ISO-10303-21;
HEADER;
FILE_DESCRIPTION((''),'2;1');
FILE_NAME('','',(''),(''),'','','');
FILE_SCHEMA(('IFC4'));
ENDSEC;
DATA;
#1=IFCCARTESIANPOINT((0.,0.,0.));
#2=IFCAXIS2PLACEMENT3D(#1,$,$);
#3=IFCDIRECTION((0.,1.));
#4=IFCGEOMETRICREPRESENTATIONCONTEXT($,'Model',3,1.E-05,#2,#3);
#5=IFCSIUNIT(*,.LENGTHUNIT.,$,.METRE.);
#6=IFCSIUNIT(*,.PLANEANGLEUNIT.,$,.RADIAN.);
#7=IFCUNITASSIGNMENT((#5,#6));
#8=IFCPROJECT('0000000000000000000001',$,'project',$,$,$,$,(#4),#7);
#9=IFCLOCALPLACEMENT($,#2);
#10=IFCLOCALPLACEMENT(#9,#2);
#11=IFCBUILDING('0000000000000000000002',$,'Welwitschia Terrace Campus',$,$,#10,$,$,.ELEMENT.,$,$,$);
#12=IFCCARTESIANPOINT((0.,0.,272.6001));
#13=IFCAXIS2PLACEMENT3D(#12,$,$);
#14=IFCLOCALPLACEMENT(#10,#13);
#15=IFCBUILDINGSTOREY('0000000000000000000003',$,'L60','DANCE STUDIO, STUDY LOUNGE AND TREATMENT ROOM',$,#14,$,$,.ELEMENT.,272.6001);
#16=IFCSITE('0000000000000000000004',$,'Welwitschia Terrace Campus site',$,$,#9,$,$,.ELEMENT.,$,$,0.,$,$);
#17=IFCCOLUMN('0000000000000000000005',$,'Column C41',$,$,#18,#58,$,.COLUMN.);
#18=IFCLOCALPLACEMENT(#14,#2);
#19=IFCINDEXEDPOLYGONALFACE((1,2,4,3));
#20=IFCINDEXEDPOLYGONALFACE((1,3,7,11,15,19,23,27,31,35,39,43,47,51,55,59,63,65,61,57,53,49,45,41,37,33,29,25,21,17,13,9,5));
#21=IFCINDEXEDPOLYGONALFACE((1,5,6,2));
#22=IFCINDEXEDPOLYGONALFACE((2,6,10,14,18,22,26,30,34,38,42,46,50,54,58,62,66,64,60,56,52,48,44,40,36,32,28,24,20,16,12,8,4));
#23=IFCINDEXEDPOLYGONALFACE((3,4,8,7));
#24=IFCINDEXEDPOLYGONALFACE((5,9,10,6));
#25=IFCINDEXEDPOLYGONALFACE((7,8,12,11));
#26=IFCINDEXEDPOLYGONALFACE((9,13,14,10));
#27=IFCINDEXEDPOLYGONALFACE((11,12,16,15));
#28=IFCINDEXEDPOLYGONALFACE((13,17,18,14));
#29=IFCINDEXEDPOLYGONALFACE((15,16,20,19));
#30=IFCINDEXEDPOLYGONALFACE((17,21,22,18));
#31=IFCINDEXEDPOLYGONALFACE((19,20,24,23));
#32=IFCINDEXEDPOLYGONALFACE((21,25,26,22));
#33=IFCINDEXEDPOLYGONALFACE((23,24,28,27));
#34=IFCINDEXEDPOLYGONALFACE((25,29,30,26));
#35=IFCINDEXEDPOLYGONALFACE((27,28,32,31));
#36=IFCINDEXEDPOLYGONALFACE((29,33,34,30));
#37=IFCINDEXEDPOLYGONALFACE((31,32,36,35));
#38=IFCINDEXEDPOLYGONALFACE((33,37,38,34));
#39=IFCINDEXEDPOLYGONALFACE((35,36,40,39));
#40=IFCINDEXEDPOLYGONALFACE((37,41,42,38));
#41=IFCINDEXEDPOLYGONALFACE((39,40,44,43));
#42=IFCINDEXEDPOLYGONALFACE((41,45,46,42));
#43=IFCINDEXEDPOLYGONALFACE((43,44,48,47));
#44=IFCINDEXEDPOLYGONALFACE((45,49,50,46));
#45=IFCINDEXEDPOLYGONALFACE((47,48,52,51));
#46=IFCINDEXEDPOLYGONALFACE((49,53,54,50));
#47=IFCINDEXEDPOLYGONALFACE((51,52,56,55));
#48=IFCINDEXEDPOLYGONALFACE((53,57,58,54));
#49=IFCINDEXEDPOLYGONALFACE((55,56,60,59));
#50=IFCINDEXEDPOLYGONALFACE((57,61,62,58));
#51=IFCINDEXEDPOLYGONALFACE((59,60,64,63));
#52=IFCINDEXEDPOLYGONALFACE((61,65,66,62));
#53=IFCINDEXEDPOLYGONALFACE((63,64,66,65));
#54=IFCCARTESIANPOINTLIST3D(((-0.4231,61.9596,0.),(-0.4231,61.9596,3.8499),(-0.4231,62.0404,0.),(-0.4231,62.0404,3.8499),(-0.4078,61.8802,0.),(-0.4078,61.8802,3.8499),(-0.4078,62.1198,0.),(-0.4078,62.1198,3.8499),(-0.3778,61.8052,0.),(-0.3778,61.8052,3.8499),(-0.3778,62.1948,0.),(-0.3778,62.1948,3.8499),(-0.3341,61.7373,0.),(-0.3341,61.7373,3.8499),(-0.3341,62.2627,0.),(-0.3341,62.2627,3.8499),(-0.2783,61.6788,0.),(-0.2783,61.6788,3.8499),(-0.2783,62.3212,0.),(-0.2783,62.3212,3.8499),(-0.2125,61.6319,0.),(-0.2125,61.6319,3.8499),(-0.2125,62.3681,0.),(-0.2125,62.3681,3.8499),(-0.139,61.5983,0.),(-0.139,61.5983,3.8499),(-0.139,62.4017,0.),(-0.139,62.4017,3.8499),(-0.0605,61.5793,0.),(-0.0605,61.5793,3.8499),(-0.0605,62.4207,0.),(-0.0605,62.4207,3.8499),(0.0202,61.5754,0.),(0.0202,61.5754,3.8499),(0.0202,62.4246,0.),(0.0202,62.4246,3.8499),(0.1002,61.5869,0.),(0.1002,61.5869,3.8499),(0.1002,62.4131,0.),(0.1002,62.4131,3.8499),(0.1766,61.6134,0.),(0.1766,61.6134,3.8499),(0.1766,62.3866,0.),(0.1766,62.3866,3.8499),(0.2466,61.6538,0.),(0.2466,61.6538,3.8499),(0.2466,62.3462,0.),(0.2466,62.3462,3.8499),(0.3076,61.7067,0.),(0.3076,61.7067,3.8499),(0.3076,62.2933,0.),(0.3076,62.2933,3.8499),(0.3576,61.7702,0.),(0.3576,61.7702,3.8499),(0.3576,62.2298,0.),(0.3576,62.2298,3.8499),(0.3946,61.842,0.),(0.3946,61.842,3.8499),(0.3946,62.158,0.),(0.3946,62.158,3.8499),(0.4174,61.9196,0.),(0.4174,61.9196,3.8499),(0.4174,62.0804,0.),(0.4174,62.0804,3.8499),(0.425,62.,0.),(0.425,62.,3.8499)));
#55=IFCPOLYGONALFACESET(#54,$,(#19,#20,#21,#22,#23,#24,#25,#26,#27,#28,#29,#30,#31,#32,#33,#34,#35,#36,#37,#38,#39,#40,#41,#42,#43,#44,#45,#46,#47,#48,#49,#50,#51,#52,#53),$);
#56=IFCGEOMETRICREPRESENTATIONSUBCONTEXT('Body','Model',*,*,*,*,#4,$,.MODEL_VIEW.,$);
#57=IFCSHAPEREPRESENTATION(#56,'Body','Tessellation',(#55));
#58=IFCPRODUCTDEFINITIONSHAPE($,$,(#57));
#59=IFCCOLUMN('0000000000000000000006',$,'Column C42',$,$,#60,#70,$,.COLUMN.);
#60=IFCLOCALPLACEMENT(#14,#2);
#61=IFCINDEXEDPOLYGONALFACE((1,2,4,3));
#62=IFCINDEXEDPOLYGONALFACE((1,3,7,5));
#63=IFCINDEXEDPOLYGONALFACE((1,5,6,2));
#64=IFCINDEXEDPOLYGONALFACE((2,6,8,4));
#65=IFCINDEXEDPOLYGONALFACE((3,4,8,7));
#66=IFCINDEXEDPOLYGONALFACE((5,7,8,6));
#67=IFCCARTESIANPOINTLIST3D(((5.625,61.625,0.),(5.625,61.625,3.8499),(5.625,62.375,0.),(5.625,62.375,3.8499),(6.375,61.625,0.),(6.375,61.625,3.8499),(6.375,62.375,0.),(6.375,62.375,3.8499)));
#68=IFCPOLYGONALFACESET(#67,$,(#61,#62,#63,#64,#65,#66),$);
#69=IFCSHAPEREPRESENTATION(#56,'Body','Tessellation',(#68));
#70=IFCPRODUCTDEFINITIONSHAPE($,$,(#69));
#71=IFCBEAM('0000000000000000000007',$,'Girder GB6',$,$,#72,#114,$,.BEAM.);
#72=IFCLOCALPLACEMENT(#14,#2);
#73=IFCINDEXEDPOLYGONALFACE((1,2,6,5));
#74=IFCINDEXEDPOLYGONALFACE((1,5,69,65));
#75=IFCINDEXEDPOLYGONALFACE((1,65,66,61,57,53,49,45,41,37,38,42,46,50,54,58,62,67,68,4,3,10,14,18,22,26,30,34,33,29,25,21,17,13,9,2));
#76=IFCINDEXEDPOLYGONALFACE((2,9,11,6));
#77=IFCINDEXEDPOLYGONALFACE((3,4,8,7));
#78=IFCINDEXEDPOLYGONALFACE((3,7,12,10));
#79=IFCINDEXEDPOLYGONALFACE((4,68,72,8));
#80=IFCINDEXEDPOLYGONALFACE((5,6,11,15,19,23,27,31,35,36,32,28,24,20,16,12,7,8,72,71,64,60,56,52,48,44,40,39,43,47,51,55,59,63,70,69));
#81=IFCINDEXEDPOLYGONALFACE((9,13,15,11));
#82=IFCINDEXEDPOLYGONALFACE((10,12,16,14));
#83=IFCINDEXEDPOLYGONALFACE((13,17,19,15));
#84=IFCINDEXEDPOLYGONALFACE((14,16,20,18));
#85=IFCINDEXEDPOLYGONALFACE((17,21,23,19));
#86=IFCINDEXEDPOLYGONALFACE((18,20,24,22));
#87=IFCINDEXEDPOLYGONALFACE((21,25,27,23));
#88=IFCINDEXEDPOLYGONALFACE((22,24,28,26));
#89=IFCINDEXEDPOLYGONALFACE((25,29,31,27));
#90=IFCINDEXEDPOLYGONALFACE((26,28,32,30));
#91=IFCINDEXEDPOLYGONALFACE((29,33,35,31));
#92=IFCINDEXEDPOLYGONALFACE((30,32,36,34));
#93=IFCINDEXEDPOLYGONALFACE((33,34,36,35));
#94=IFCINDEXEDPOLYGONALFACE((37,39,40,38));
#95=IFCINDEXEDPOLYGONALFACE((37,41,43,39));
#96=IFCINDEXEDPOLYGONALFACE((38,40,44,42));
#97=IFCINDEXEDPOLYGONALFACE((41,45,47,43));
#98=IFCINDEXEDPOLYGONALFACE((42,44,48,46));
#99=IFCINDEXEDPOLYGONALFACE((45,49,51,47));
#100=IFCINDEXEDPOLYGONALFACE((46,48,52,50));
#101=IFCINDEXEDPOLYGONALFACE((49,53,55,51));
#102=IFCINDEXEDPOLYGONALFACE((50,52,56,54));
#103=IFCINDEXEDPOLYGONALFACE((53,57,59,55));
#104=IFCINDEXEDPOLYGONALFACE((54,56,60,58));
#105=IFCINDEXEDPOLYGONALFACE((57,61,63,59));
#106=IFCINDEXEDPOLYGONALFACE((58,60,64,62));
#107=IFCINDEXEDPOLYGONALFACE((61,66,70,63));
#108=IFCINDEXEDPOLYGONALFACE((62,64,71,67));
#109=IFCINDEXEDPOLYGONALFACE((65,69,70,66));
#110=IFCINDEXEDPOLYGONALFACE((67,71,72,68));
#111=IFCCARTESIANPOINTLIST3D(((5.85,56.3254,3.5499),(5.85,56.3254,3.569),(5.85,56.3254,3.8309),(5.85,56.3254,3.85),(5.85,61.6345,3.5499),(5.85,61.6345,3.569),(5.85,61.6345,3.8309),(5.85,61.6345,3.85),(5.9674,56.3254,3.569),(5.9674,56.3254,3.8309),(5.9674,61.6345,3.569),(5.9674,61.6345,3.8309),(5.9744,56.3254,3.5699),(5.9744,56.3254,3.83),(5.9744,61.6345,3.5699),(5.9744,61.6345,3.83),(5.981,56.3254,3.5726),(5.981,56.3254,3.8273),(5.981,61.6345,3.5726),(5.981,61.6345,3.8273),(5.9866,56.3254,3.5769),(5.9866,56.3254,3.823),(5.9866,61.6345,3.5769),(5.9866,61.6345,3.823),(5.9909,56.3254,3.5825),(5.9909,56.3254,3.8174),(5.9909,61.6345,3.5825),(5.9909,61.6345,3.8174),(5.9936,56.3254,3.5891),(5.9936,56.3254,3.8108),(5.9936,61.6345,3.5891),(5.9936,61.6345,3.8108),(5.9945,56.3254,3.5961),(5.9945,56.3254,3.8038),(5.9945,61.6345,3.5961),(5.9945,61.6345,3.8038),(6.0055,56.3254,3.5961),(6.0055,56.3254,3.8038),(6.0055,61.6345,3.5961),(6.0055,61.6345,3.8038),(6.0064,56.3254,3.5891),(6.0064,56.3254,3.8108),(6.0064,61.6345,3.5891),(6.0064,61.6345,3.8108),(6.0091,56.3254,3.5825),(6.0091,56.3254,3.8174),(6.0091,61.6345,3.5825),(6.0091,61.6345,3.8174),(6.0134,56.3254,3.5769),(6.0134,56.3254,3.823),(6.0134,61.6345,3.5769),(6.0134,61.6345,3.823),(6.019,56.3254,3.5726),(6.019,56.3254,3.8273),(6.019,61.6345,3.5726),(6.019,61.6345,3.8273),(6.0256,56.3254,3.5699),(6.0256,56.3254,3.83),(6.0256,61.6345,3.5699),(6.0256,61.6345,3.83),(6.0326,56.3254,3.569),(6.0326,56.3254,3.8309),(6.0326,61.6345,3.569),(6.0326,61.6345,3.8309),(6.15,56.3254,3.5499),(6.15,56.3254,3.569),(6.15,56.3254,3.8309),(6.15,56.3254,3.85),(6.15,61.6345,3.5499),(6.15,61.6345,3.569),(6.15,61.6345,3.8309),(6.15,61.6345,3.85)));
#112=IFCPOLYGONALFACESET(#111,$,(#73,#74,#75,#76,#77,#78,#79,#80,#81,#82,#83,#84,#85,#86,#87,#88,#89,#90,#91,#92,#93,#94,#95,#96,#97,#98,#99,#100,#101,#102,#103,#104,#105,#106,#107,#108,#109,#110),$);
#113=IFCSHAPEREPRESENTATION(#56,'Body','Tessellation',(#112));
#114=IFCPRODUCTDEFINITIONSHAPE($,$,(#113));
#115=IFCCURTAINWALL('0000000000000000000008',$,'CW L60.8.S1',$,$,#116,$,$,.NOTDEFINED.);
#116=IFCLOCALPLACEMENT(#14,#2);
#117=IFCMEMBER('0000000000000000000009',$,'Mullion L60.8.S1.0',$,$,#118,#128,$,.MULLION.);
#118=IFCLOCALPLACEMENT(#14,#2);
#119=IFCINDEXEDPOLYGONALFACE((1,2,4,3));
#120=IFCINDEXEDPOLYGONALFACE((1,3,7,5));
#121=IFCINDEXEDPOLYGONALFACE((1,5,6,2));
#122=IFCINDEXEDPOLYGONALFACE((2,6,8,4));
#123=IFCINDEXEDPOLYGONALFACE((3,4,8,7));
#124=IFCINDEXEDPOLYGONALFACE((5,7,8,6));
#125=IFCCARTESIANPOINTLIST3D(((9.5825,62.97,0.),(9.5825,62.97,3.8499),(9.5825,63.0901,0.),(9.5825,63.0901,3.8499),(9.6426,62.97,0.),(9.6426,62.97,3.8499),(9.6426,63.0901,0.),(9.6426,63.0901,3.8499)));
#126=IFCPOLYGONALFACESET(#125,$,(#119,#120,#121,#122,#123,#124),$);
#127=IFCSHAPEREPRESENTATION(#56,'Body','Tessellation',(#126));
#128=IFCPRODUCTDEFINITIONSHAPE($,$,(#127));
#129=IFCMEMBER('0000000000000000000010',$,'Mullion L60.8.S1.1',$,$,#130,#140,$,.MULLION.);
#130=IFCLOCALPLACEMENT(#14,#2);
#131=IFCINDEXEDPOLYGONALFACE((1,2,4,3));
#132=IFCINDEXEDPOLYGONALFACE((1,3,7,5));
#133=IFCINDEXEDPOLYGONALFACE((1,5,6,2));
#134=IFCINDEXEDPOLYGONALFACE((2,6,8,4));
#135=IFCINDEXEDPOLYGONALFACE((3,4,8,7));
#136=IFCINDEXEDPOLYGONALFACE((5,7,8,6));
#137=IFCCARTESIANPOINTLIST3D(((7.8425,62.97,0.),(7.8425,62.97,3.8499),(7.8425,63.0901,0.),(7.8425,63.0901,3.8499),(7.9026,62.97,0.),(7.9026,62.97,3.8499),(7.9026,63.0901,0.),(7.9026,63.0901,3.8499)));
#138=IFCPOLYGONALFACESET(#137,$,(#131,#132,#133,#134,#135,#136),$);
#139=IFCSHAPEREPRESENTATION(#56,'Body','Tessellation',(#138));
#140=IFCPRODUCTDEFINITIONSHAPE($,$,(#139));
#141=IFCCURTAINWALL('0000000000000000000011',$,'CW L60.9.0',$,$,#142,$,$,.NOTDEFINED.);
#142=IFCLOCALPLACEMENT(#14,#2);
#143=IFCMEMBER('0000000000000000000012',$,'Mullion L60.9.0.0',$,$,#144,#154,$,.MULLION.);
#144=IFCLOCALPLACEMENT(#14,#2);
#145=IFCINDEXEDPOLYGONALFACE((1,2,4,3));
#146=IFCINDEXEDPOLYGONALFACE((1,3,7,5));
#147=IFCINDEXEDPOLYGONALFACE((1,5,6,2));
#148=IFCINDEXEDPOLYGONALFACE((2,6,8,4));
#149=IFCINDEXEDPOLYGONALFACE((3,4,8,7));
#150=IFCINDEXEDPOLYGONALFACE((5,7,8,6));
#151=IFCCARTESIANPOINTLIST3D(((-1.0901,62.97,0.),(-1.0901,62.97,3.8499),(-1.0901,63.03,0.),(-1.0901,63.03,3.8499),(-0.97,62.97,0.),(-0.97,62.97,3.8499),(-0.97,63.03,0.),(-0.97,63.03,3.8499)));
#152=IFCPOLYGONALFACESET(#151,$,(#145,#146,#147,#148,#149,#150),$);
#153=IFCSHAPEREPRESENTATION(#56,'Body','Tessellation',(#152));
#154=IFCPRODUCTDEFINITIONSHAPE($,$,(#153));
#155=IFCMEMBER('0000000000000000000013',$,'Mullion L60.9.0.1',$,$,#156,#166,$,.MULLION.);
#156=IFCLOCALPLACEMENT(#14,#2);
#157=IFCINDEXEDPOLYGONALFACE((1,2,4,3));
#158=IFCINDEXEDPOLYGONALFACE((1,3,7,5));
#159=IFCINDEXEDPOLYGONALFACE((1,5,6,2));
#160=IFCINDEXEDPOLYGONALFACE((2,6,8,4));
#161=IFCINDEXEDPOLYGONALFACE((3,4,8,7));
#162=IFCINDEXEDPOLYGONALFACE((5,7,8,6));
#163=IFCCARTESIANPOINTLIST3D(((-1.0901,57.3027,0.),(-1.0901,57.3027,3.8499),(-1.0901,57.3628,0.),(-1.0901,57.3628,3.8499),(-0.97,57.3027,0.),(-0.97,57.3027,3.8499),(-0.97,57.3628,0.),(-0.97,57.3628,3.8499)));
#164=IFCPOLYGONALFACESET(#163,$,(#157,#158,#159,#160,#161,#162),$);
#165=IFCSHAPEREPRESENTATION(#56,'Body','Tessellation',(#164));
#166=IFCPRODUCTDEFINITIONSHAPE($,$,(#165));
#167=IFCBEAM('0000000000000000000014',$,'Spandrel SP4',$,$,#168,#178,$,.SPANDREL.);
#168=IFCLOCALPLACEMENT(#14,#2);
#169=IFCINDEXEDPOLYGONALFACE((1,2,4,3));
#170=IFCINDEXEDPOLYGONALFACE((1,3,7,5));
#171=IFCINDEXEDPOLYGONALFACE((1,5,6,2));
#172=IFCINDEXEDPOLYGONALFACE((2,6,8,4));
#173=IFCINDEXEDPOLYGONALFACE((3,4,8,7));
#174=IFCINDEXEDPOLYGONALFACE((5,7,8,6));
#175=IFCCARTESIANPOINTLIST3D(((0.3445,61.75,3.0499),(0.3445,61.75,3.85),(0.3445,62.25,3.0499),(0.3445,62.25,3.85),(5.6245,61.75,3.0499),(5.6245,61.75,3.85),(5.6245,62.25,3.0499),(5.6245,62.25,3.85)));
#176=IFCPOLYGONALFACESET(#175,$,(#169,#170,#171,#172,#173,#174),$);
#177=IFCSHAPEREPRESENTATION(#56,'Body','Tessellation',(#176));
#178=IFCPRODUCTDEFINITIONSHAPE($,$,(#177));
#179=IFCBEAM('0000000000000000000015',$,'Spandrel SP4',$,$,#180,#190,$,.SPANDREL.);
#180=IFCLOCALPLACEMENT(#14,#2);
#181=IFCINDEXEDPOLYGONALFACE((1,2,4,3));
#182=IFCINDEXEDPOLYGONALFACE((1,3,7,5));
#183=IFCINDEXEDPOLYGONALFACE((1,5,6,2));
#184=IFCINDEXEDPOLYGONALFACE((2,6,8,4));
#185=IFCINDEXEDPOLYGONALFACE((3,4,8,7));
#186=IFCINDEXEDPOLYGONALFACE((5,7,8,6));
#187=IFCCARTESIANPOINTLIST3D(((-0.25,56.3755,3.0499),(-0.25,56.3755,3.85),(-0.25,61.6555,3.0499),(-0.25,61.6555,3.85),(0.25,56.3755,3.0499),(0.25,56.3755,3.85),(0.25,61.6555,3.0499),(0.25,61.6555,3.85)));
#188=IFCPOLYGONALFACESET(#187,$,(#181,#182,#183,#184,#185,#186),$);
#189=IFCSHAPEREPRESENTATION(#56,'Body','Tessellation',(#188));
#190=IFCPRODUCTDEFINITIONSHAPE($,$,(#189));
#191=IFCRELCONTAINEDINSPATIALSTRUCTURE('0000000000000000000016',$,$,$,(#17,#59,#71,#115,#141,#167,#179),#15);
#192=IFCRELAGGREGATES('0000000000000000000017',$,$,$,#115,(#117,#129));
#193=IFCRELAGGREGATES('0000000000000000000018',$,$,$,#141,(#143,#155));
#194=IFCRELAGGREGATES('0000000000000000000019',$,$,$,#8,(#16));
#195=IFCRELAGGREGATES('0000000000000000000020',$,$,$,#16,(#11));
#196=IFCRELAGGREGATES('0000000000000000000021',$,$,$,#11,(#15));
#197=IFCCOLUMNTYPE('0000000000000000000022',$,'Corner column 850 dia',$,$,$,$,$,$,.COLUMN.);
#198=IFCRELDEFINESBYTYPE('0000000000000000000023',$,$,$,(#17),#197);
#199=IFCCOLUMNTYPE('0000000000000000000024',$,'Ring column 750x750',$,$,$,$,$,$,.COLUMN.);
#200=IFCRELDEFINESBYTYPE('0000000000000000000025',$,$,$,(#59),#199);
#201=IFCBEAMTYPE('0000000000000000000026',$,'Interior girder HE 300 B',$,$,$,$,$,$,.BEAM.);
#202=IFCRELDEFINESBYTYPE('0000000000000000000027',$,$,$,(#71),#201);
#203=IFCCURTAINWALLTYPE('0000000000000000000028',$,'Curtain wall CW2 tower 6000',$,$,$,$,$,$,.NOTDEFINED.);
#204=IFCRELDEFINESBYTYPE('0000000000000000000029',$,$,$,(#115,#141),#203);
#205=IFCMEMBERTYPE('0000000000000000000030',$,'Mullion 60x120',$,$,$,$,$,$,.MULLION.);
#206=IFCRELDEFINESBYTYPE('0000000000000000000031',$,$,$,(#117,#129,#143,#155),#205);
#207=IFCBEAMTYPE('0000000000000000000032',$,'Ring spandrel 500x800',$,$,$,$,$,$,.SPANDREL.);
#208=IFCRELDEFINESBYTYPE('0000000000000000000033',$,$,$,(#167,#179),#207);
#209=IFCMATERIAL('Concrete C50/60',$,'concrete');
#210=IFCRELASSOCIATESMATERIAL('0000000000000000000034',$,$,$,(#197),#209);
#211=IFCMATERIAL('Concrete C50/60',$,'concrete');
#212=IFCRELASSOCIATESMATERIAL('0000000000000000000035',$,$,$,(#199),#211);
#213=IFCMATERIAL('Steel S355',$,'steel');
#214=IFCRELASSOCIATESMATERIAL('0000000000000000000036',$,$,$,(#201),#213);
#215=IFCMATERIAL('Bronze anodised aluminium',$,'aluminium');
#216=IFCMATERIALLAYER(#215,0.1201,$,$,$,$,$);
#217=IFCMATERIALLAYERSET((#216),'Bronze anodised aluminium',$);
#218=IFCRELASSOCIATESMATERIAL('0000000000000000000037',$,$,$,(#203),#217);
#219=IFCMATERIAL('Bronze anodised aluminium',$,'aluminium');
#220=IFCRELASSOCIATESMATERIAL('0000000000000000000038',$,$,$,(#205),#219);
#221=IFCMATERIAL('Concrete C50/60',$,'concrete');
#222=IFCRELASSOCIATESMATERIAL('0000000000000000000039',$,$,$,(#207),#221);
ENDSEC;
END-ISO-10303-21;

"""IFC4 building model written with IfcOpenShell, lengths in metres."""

from ifc_helpers import new_model, si_unit, direction, frame, origin, origin_2d, place, context, subcontext, project, spatial, rectangle, circle, i_section, extrude, material, layer, layer_set, material_profile, profile_set, type_object, element, aggregate, save


model = new_model("IFC4")

# Units and contexts
model_context = context("Model", 3, precision=1e-05, world=origin(), true_north=direction((0.0, 1.0)))
body_context = subcontext(model_context, "Body", "Model", "MODEL_VIEW")
ifc_project = project(units=[si_unit("LENGTHUNIT", "METRE"), si_unit("PLANEANGLEUNIT", "RADIAN")], contexts=[model_context])

# Site, building, storey
site_placement = place(None, origin())
site = spatial("IfcSite", under=ifc_project, at=site_placement, Name="Welwitschia Terrace Campus site", CompositionType="ELEMENT", RefElevation=0.0)
building_placement = place(site_placement, origin())
building = spatial("IfcBuilding", under=site, at=building_placement, Name="Welwitschia Terrace Campus", CompositionType="ELEMENT")
storey_placement = place(building_placement, frame((0.0, 0.0, 272.6001)))
storey = spatial("IfcBuildingStorey", under=building, at=storey_placement, Name="L60", Description="DANCE STUDIO, STUDY LOUNGE AND TREATMENT ROOM", CompositionType="ELEMENT", Elevation=272.6001)

# Columns
ifc_material_1 = material(Name="Concrete C50/60", Category="concrete")
ifc_material_profile_1 = material_profile(ifc_material_1, circle(Radius=0.425, at=origin_2d()))
ifc_profile_set_1 = profile_set([ifc_material_profile_1], Name="Concrete C50/60")
column_type_1 = type_object("IfcColumnType", Name="Corner column 850 dia", PredefinedType="COLUMN", material=ifc_profile_set_1)
column_1_placement = place(storey_placement, frame((0.0, 62.0, 0.0), z_axis=(0.0, 0.0, 1.0), x_axis=(1.0, 0.0, 0.0)))
element("IfcColumn", 1, at=column_1_placement, inside=storey, type_object=column_type_1, Name="Column C41", PredefinedType="COLUMN", context=body_context, shape_type="SweptSolid", body=[
    extrude(circle(Radius=0.425, at=origin_2d()), origin(), (0.0, 0.0, 1.0), 3.8499),
])
ifc_material_2 = material(Name="Concrete C50/60", Category="concrete")
ifc_material_profile_2 = material_profile(ifc_material_2, rectangle(XDim=0.75, YDim=0.75, at=origin_2d()))
ifc_profile_set_2 = profile_set([ifc_material_profile_2], Name="Concrete C50/60")
column_type_2 = type_object("IfcColumnType", Name="Ring column 750x750", PredefinedType="COLUMN", material=ifc_profile_set_2)
column_2_placement = place(storey_placement, frame((6.0, 62.0, 0.0), z_axis=(0.0, 0.0, 1.0), x_axis=(1.0, 0.0, 0.0)))
element("IfcColumn", 2, at=column_2_placement, inside=storey, type_object=column_type_2, Name="Column C42", PredefinedType="COLUMN", context=body_context, shape_type="SweptSolid", body=[
    extrude(rectangle(XDim=0.75, YDim=0.75, at=origin_2d()), origin(), (0.0, 0.0, 1.0), 3.8499),
])

# Beam
ifc_material_3 = material(Name="Steel S355", Category="steel")
ifc_material_profile_3 = material_profile(ifc_material_3, i_section(OverallWidth=0.3, OverallDepth=0.3, WebThickness=0.011, FlangeThickness=0.019, FilletRadius=0.0271, at=origin_2d()))
ifc_profile_set_3 = profile_set([ifc_material_profile_3], Name="Steel S355")
beam_type_1 = type_object("IfcBeamType", Name="Interior girder HE 300 B", PredefinedType="BEAM", material=ifc_profile_set_3)
beam_placement = place(storey_placement, frame((6.0, 56.3254, 3.7), z_axis=(0.0, 1.0, 0.0), x_axis=(-1.0, 0.0, 0.0)))
element("IfcBeam", 3, at=beam_placement, inside=storey, type_object=beam_type_1, Name="Girder GB6", PredefinedType="BEAM", context=body_context, shape_type="SweptSolid", body=[
    extrude(i_section(OverallWidth=0.3, OverallDepth=0.3, WebThickness=0.011, FlangeThickness=0.019, FilletRadius=0.0271, at=origin_2d()), origin(), (0.0, 0.0, 1.0), 5.3091),
])

# Curtain walls, members
ifc_material_4 = material(Name="Bronze anodised aluminium", Category="aluminium")
ifc_layer_1 = layer(ifc_material_4, 0.1201)
ifc_layer_set_1 = layer_set([ifc_layer_1], Name="Bronze anodised aluminium")
curtain_wall_type = type_object("IfcCurtainWallType", Name="Curtain wall CW2 tower 6000", PredefinedType="NOTDEFINED", material=ifc_layer_set_1)
curtain_wall_1_placement = place(storey_placement, origin())
curtain_wall_1 = element("IfcCurtainWall", 4, at=curtain_wall_1_placement, inside=storey, type_object=curtain_wall_type, Name="CW L60.8.S1", PredefinedType="NOTDEFINED")
ifc_material_5 = material(Name="Bronze anodised aluminium", Category="aluminium")
ifc_material_profile_4 = material_profile(ifc_material_5, rectangle(XDim=0.1201, YDim=0.0601, at=origin_2d()))
ifc_profile_set_4 = profile_set([ifc_material_profile_4], Name="Bronze anodised aluminium")
member_type_1 = type_object("IfcMemberType", Name="Mullion 60x120", PredefinedType="MULLION", material=ifc_profile_set_4)
member_1_placement = place(storey_placement, frame((9.6125, 63.03, 0.0), z_axis=(0.0, 0.0, 1.0), x_axis=(0.0, -1.0, 0.0)))
member_1 = element("IfcMember", 5, at=member_1_placement, type_object=member_type_1, Name="Mullion L60.8.S1.0", PredefinedType="MULLION", context=body_context, shape_type="SweptSolid", body=[
    extrude(rectangle(XDim=0.1201, YDim=0.0601, at=origin_2d()), origin(), (0.0, 0.0, 1.0), 3.8499),
])
member_2_placement = place(storey_placement, frame((7.8726, 63.03, 0.0), z_axis=(0.0, 0.0, 1.0), x_axis=(0.0, -1.0, 0.0)))
member_2 = element("IfcMember", 6, at=member_2_placement, type_object=member_type_1, Name="Mullion L60.8.S1.1", PredefinedType="MULLION", context=body_context, shape_type="SweptSolid", body=[
    extrude(rectangle(XDim=0.1201, YDim=0.0601, at=origin_2d()), origin(), (0.0, 0.0, 1.0), 3.8499),
])
curtain_wall_2_placement = place(storey_placement, origin())
curtain_wall_2 = element("IfcCurtainWall", 7, at=curtain_wall_2_placement, inside=storey, type_object=curtain_wall_type, Name="CW L60.9.0", PredefinedType="NOTDEFINED")
member_3_placement = place(storey_placement, frame((-1.03, 63.0, 0.0), z_axis=(0.0, 0.0, 1.0), x_axis=(1.0, 0.0, 0.0)))
member_3 = element("IfcMember", 8, at=member_3_placement, type_object=member_type_1, Name="Mullion L60.9.0.0", PredefinedType="MULLION", context=body_context, shape_type="SweptSolid", body=[
    extrude(rectangle(XDim=0.1201, YDim=0.0601, at=origin_2d()), origin(), (0.0, 0.0, 1.0), 3.8499),
])
member_4_placement = place(storey_placement, frame((-1.03, 57.3328, 0.0), z_axis=(0.0, 0.0, 1.0), x_axis=(1.0, 0.0, 0.0)))
member_4 = element("IfcMember", 9, at=member_4_placement, type_object=member_type_1, Name="Mullion L60.9.0.1", PredefinedType="MULLION", context=body_context, shape_type="SweptSolid", body=[
    extrude(rectangle(XDim=0.1201, YDim=0.0601, at=origin_2d()), origin(), (0.0, 0.0, 1.0), 3.8499),
])

# Beams
ifc_material_6 = material(Name="Concrete C50/60", Category="concrete")
ifc_material_profile_5 = material_profile(ifc_material_6, rectangle(XDim=0.5, YDim=0.8, at=origin_2d()))
ifc_profile_set_5 = profile_set([ifc_material_profile_5], Name="Concrete C50/60")
beam_type_2 = type_object("IfcBeamType", Name="Ring spandrel 500x800", PredefinedType="SPANDREL", material=ifc_profile_set_5)
for number, where, z_axis, x_axis, name in (
    (10, (5.6245, 62.0, 3.45), (-1.0, 0.0, 0.0), (0.0, -1.0, 0.0), "Spandrel SP4"),
    (11, (0.0, 61.6555, 3.45), (0.0, -1.0, 0.0), (1.0, 0.0, 0.0), "Spandrel SP4"),
):
    element("IfcBeam", number, at=place(storey_placement, frame(where, z_axis=z_axis, x_axis=x_axis)), inside=storey, type_object=beam_type_2, Name=name, PredefinedType="SPANDREL", context=body_context, shape_type="SweptSolid", body=[
        extrude(rectangle(XDim=0.5, YDim=0.8, at=origin_2d()), origin(), (0.0, 0.0, 1.0), 5.28),
    ])

aggregate(curtain_wall_1, [member_1, member_2])
aggregate(curtain_wall_2, [member_3, member_4])

save(model, "model.ifc")
